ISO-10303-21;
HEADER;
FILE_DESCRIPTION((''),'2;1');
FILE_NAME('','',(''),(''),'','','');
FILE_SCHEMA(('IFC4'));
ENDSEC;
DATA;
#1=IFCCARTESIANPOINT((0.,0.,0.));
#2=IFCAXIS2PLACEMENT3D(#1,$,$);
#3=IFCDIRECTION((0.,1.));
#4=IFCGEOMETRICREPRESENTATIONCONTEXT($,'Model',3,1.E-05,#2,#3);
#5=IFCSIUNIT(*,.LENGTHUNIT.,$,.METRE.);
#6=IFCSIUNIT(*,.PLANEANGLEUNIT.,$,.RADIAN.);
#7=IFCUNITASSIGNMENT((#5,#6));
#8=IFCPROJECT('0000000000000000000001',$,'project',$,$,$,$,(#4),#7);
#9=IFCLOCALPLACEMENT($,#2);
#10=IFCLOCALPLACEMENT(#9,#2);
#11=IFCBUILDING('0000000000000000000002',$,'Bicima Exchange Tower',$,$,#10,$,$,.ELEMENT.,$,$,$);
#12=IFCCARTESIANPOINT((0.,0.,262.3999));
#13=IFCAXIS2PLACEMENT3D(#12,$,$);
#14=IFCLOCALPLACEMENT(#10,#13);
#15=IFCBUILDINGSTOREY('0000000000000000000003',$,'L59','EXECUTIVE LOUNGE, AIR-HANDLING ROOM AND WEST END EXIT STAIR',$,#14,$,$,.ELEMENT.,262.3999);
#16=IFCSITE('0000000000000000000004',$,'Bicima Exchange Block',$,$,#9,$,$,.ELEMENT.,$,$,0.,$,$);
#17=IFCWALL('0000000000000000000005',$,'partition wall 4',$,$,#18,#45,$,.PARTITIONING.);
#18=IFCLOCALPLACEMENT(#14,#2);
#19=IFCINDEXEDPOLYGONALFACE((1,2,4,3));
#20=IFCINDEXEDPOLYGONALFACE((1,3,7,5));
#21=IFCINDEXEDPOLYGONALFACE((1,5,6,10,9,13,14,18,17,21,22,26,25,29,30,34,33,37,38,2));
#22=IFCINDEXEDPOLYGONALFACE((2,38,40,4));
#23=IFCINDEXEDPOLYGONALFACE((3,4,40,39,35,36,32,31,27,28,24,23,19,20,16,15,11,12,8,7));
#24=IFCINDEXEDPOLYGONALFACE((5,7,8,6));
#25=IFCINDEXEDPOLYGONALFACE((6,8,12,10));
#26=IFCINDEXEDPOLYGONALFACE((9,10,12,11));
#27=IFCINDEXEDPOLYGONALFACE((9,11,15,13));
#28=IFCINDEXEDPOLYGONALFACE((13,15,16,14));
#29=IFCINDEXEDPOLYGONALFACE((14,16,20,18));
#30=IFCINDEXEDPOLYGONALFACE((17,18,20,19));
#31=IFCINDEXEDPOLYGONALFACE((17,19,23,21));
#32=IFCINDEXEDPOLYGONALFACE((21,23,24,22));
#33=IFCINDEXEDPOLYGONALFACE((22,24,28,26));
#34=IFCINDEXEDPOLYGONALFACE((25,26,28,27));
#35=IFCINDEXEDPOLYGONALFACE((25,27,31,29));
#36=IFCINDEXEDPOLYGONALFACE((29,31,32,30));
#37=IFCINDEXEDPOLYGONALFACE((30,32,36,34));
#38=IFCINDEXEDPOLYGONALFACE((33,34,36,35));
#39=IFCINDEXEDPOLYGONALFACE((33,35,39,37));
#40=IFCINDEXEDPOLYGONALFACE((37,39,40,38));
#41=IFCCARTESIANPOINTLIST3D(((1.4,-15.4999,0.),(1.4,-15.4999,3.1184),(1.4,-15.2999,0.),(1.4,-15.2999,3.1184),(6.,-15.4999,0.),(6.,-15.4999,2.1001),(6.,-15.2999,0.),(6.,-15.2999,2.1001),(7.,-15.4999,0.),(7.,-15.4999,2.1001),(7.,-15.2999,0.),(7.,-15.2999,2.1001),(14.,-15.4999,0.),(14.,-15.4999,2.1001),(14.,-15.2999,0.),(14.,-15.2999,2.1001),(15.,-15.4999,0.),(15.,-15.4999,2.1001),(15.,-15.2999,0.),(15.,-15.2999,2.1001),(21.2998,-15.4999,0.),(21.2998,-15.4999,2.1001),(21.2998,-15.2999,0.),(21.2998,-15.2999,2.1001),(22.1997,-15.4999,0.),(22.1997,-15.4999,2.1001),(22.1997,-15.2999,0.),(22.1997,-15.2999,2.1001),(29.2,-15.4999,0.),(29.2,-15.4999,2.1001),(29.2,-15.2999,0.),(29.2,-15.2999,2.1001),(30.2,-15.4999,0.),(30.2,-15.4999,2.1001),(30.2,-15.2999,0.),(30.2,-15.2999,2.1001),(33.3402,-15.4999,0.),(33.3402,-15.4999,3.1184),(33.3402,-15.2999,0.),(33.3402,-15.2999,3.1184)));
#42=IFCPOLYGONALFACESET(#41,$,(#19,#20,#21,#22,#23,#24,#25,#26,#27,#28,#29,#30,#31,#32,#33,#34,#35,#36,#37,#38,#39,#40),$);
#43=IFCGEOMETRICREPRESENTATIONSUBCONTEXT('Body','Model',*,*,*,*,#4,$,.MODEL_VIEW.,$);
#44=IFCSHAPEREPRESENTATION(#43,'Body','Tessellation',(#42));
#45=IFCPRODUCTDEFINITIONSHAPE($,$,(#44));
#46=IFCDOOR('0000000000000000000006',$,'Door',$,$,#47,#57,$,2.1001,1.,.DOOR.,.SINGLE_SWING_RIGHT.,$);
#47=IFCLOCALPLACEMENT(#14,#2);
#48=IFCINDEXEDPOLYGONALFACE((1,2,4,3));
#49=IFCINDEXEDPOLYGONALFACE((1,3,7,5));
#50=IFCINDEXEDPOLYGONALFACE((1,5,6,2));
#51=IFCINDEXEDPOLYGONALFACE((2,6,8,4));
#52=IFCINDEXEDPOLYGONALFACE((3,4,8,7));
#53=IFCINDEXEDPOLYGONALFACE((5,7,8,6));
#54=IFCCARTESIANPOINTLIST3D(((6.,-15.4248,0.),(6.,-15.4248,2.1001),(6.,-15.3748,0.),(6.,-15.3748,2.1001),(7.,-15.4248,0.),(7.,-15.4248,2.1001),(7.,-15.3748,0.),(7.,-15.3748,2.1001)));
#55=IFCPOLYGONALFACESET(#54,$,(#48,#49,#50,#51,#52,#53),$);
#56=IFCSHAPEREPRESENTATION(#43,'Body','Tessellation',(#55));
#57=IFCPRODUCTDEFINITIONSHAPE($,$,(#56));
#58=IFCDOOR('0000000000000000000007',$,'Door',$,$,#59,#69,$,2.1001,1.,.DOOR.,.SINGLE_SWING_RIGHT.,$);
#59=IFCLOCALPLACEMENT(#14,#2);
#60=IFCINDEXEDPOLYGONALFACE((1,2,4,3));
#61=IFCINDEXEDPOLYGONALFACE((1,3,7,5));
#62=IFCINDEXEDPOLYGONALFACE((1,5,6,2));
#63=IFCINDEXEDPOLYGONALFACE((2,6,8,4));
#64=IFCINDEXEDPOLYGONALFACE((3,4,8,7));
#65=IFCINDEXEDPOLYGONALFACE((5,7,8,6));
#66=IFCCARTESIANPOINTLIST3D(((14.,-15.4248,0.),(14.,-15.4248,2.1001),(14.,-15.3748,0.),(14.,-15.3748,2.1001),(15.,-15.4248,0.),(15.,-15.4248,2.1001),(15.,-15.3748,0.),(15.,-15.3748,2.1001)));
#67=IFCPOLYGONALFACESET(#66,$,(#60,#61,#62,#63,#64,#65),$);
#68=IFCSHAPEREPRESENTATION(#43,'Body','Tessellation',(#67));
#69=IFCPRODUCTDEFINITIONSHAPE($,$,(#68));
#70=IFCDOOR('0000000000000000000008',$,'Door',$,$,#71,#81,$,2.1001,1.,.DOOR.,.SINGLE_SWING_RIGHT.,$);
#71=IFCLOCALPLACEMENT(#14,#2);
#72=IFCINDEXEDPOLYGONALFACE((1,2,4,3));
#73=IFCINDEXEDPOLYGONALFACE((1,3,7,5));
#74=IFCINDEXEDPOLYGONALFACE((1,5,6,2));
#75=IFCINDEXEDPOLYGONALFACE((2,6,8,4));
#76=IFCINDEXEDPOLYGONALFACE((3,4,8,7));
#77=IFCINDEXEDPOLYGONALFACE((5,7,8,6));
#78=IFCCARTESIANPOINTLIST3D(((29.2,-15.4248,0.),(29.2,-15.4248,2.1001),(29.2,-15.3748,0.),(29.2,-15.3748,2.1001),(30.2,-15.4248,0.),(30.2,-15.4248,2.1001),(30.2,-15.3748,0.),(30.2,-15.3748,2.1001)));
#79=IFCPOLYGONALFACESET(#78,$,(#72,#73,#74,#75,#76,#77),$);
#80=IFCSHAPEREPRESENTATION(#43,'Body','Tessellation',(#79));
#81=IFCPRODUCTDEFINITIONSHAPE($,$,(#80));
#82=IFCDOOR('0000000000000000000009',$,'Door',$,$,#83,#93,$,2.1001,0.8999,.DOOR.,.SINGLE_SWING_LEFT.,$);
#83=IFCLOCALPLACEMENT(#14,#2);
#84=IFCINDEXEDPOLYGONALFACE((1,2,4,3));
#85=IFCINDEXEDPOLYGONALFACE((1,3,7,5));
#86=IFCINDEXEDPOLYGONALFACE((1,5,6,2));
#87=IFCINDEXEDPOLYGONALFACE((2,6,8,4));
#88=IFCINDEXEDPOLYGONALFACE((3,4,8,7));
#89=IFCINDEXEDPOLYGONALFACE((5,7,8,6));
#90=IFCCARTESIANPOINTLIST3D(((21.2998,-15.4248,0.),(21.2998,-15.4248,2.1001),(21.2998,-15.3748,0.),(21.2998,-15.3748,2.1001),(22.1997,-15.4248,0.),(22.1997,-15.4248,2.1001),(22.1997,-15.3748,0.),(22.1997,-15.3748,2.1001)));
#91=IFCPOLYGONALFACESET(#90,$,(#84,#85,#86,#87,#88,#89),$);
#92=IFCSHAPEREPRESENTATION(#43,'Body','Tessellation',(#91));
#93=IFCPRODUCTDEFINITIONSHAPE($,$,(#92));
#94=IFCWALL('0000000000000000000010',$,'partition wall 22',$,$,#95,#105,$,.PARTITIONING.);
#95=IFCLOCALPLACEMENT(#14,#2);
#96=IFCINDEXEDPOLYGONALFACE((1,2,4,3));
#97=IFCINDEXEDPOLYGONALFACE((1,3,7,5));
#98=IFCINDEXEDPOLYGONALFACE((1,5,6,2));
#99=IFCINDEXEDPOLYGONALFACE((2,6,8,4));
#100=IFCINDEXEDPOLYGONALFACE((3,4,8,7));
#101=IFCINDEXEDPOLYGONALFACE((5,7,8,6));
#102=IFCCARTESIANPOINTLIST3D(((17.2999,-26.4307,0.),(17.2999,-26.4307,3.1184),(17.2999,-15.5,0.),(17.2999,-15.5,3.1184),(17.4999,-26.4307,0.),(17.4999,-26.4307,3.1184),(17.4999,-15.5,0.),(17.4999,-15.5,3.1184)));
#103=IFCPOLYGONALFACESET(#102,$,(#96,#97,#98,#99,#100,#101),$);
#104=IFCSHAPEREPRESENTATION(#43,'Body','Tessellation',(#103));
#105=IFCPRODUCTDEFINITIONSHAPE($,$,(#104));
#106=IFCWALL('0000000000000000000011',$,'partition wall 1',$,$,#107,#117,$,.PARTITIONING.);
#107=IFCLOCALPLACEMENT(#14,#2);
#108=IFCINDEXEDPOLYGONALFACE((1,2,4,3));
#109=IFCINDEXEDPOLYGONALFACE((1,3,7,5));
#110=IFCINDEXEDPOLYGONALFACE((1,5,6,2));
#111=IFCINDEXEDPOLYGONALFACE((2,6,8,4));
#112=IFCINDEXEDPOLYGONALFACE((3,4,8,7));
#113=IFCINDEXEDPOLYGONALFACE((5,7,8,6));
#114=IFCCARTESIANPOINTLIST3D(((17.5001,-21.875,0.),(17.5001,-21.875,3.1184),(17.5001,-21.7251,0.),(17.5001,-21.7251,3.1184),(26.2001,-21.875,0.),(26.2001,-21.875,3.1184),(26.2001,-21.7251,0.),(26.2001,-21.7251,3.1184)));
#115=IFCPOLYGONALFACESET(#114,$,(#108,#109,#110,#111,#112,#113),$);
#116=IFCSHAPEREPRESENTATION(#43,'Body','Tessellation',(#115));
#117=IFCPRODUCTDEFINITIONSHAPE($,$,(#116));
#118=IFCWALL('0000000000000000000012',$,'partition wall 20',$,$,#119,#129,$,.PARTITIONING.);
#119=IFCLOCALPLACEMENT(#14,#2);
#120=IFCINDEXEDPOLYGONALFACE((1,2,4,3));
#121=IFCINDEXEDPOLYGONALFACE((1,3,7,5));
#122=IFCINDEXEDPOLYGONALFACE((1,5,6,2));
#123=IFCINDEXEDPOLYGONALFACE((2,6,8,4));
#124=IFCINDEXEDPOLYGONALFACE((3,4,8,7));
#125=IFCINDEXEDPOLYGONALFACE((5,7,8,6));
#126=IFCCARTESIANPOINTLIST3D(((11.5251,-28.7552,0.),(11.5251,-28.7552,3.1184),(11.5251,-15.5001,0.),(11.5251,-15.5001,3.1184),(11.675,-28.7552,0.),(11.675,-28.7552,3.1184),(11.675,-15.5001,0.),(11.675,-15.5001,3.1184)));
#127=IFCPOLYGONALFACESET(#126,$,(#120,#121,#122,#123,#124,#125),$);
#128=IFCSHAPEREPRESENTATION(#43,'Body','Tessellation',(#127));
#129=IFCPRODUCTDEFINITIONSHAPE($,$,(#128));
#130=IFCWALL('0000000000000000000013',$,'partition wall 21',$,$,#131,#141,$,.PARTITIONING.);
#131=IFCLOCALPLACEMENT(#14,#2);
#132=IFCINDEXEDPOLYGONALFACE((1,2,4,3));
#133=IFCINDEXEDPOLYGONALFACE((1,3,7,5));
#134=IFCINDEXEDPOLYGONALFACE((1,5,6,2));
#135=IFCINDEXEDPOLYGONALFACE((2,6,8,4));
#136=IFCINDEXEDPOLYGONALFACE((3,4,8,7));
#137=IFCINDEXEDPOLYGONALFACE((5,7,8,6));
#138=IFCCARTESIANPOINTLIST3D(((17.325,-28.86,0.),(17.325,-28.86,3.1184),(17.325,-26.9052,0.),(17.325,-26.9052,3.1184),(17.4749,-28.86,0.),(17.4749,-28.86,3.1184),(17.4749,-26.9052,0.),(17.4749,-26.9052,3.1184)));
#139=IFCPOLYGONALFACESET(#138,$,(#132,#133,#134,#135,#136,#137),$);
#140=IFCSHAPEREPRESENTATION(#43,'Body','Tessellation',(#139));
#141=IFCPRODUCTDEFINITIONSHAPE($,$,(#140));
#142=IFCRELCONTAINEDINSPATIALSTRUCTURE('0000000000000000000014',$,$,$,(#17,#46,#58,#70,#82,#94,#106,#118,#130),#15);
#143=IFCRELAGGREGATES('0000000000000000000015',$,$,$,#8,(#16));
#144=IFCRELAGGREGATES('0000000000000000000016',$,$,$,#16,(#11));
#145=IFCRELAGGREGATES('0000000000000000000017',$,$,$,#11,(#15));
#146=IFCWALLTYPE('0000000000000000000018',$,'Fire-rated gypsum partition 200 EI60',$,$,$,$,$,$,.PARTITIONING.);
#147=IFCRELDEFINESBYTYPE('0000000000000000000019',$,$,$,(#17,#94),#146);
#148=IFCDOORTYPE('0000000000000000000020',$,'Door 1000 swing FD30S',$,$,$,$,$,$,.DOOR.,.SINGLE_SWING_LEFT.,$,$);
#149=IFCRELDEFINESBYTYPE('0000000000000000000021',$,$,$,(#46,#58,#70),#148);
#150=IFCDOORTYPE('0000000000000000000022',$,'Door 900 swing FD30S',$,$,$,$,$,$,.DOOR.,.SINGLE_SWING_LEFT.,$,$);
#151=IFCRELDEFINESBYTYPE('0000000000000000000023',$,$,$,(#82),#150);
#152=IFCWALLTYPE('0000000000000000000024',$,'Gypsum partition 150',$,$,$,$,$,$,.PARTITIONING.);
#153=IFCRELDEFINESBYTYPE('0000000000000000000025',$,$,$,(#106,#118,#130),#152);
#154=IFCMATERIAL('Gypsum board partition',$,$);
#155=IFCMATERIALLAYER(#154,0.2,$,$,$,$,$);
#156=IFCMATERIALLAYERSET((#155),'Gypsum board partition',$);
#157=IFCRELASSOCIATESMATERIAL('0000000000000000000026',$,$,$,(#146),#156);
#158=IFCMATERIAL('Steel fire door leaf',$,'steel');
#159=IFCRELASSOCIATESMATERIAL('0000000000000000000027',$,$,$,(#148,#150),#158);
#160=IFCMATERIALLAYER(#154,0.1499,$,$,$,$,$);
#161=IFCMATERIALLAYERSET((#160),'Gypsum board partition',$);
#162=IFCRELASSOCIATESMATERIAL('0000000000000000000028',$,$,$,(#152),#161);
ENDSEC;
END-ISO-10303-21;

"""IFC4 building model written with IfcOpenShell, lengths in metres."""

from ifc_helpers import new_model, si_unit, direction, frame, frame_2d, origin, place, context, subcontext, project, spatial, rectangle, extrude, material, layer, layer_set, type_object, element, fill, save


model = new_model("IFC4")

# Units and contexts
model_context = context("Model", 3, precision=1e-05, world=origin(), true_north=direction((0.0, 1.0)))
body_context = subcontext(model_context, "Body", "Model", "MODEL_VIEW")
ifc_project = project(units=[si_unit("LENGTHUNIT", "METRE"), si_unit("PLANEANGLEUNIT", "RADIAN")], contexts=[model_context])

# Site, building, storey
site_placement = place(None, origin())
site = spatial("IfcSite", under=ifc_project, at=site_placement, Name="Bicima Exchange Block", CompositionType="ELEMENT", RefElevation=0.0)
building_placement = place(site_placement, origin())
building = spatial("IfcBuilding", under=site, at=building_placement, Name="Bicima Exchange Tower", CompositionType="ELEMENT")
storey_placement = place(building_placement, frame((0.0, 0.0, 262.3999)))
storey = spatial("IfcBuildingStorey", under=building, at=storey_placement, Name="L59", Description="EXECUTIVE LOUNGE, AIR-HANDLING ROOM AND WEST END EXIT STAIR", CompositionType="ELEMENT", Elevation=262.3999)

# Wall, openings, doors
ifc_material_1 = material(Name="Gypsum board partition")
ifc_layer_1 = layer(ifc_material_1, 0.2)
ifc_layer_set_1 = layer_set([ifc_layer_1], Name="Gypsum board partition")
wall_type_1 = type_object("IfcWallType", Name="Fire-rated gypsum partition 200 EI60", PredefinedType="PARTITIONING", material=ifc_layer_set_1)
ifc_material_2 = material(Name="Steel fire door leaf", Category="steel")
door_type_1 = type_object("IfcDoorType", Name="Door 1000 swing FD30S", OperationType="SINGLE_SWING_LEFT", PredefinedType="DOOR", material=ifc_material_2)
door_type_2 = type_object("IfcDoorType", Name="Door 900 swing FD30S", OperationType="SINGLE_SWING_LEFT", PredefinedType="DOOR", material=ifc_material_2)
wall_1_placement = place(storey_placement, frame((1.3999, -15.3999, 0.0), z_axis=(0.0, 0.0, 1.0), x_axis=(1.0, 0.0, 0.0)))
wall_1 = element("IfcWall", 1, at=wall_1_placement, inside=storey, type_object=wall_type_1, Name="partition wall 4", PredefinedType="PARTITIONING", context=body_context, shape_type="SweptSolid", body=[
    extrude(rectangle(XDim=31.9402, YDim=0.2, at=frame_2d((15.9702, 0.0))), origin(), (0.0, 0.0, 1.0), 3.1184),
])
opening_1_placement = place(wall_1_placement, frame((4.6001, 0.0, 0.0)))
opening_1 = element("IfcOpeningElement", 2, at=opening_1_placement, cuts=wall_1, PredefinedType="OPENING", context=body_context, shape_type="SweptSolid", body=[
    extrude(rectangle(XDim=1.0, YDim=2.1001, at=frame_2d((0.5, 1.05))), frame((0.0, 0.1118, 0.0), z_axis=(0.0, -1.0, 0.0), x_axis=(1.0, 0.0, 0.0)), (0.0, 0.0, 1.0), 0.2239),
])
opening_2_placement = place(wall_1_placement, frame((12.6001, 0.0, 0.0)))
opening_2 = element("IfcOpeningElement", 3, at=opening_2_placement, cuts=wall_1, PredefinedType="OPENING", context=body_context, shape_type="SweptSolid", body=[
    extrude(rectangle(XDim=1.0, YDim=2.1001, at=frame_2d((0.5, 1.05))), frame((0.0, 0.1118, 0.0), z_axis=(0.0, -1.0, 0.0), x_axis=(1.0, 0.0, 0.0)), (0.0, 0.0, 1.0), 0.2239),
])
opening_3_placement = place(wall_1_placement, frame((19.8999, 0.0, 0.0)))
opening_3 = element("IfcOpeningElement", 4, at=opening_3_placement, cuts=wall_1, PredefinedType="OPENING", context=body_context, shape_type="SweptSolid", body=[
    extrude(rectangle(XDim=0.8999, YDim=2.1001, at=frame_2d((0.45, 1.05))), frame((0.0, 0.1118, 0.0), z_axis=(0.0, -1.0, 0.0), x_axis=(1.0, 0.0, 0.0)), (0.0, 0.0, 1.0), 0.2239),
])
opening_4_placement = place(wall_1_placement, frame((27.8, 0.0, 0.0)))
opening_4 = element("IfcOpeningElement", 5, at=opening_4_placement, cuts=wall_1, PredefinedType="OPENING", context=body_context, shape_type="SweptSolid", body=[
    extrude(rectangle(XDim=1.0, YDim=2.1001, at=frame_2d((0.5, 1.05))), frame((0.0, 0.1118, 0.0), z_axis=(0.0, -1.0, 0.0), x_axis=(1.0, 0.0, 0.0)), (0.0, 0.0, 1.0), 0.2239),
])
door_1_placement = place(opening_1_placement, frame((1.0, 0.0, 0.0), z_axis=(0.0, 0.0, 1.0), x_axis=(-1.0, 0.0, 0.0)))
door_1 = element("IfcDoor", 6, at=door_1_placement, inside=storey, type_object=door_type_1, Name="Door", OperationType="SINGLE_SWING_RIGHT", OverallHeight=2.1001, OverallWidth=1.0, PredefinedType="DOOR", context=body_context, shape_type="SweptSolid", body=[
    extrude(rectangle(XDim=1.0, YDim=2.1001, at=frame_2d((0.5, 1.05))), frame((0.0, 0.0249, 0.0), z_axis=(0.0, -1.0, 0.0), x_axis=(1.0, 0.0, 0.0)), (0.0, 0.0, 1.0), 0.05),
])
fill(opening_1, door_1)
door_2_placement = place(opening_2_placement, frame((1.0, 0.0, 0.0), z_axis=(0.0, 0.0, 1.0), x_axis=(-1.0, 0.0, 0.0)))
door_2 = element("IfcDoor", 7, at=door_2_placement, inside=storey, type_object=door_type_1, Name="Door", OperationType="SINGLE_SWING_RIGHT", OverallHeight=2.1001, OverallWidth=1.0, PredefinedType="DOOR", context=body_context, shape_type="SweptSolid", body=[
    extrude(rectangle(XDim=1.0, YDim=2.1001, at=frame_2d((0.5, 1.05))), frame((0.0, 0.0249, 0.0), z_axis=(0.0, -1.0, 0.0), x_axis=(1.0, 0.0, 0.0)), (0.0, 0.0, 1.0), 0.05),
])
fill(opening_2, door_2)
door_3_placement = place(opening_4_placement, frame((1.0, 0.0, 0.0), z_axis=(0.0, 0.0, 1.0), x_axis=(-1.0, 0.0, 0.0)))
door_3 = element("IfcDoor", 8, at=door_3_placement, inside=storey, type_object=door_type_1, Name="Door", OperationType="SINGLE_SWING_RIGHT", OverallHeight=2.1001, OverallWidth=1.0, PredefinedType="DOOR", context=body_context, shape_type="SweptSolid", body=[
    extrude(rectangle(XDim=1.0, YDim=2.1001, at=frame_2d((0.5, 1.05))), frame((0.0, 0.0249, 0.0), z_axis=(0.0, -1.0, 0.0), x_axis=(1.0, 0.0, 0.0)), (0.0, 0.0, 1.0), 0.05),
])
fill(opening_4, door_3)
door_4_placement = place(opening_3_placement, frame((0.8999, 0.0, 0.0), z_axis=(0.0, 0.0, 1.0), x_axis=(-1.0, 0.0, 0.0)))
door_4 = element("IfcDoor", 9, at=door_4_placement, inside=storey, type_object=door_type_2, Name="Door", OperationType="SINGLE_SWING_LEFT", OverallHeight=2.1001, OverallWidth=0.8999, PredefinedType="DOOR", context=body_context, shape_type="SweptSolid", body=[
    extrude(rectangle(XDim=0.8999, YDim=2.1001, at=frame_2d((0.45, 1.05))), frame((0.0, 0.0249, 0.0), z_axis=(0.0, -1.0, 0.0), x_axis=(1.0, 0.0, 0.0)), (0.0, 0.0, 1.0), 0.05),
])
fill(opening_3, door_4)

# Walls
wall_2_placement = place(storey_placement, frame((17.3999, -26.4307, 0.0), z_axis=(0.0, 0.0, 1.0), x_axis=(0.0, 1.0, 0.0)))
element("IfcWall", 10, at=wall_2_placement, inside=storey, type_object=wall_type_1, Name="partition wall 22", PredefinedType="PARTITIONING", context=body_context, shape_type="SweptSolid", body=[
    extrude(rectangle(XDim=10.9307, YDim=0.2, at=frame_2d((5.4653, 0.0))), origin(), (0.0, 0.0, 1.0), 3.1184),
])
ifc_layer_2 = layer(ifc_material_1, 0.1499)
ifc_layer_set_2 = layer_set([ifc_layer_2], Name="Gypsum board partition")
wall_type_2 = type_object("IfcWallType", Name="Gypsum partition 150", PredefinedType="PARTITIONING", material=ifc_layer_set_2)
wall_3_placement = place(storey_placement, frame((17.5, -21.8, 0.0), z_axis=(0.0, 0.0, 1.0), x_axis=(1.0, 0.0, 0.0)))
element("IfcWall", 11, at=wall_3_placement, inside=storey, type_object=wall_type_2, Name="partition wall 1", PredefinedType="PARTITIONING", context=body_context, shape_type="SweptSolid", body=[
    extrude(rectangle(XDim=8.7, YDim=0.1499, at=frame_2d((4.3501, 0.0))), origin(), (0.0, 0.0, 1.0), 3.1184),
])
wall_4_placement = place(storey_placement, frame((11.6001, -28.7551, 0.0), z_axis=(0.0, 0.0, 1.0), x_axis=(0.0, 1.0, 0.0)))
element("IfcWall", 12, at=wall_4_placement, inside=storey, type_object=wall_type_2, Name="partition wall 20", PredefinedType="PARTITIONING", context=body_context, shape_type="SweptSolid", body=[
    extrude(rectangle(XDim=13.2551, YDim=0.1499, at=frame_2d((6.6274, 0.0))), origin(), (0.0, 0.0, 1.0), 3.1184),
])
wall_5_placement = place(storey_placement, frame((17.3999, -28.8601, 0.0), z_axis=(0.0, 0.0, 1.0), x_axis=(0.0, 1.0, 0.0)))
element("IfcWall", 13, at=wall_5_placement, inside=storey, type_object=wall_type_2, Name="partition wall 21", PredefinedType="PARTITIONING", context=body_context, shape_type="SweptSolid", body=[
    extrude(rectangle(XDim=1.9548, YDim=0.1499, at=frame_2d((0.9775, 0.0))), origin(), (0.0, 0.0, 1.0), 3.1184),
])

save(model, "model.ifc")
